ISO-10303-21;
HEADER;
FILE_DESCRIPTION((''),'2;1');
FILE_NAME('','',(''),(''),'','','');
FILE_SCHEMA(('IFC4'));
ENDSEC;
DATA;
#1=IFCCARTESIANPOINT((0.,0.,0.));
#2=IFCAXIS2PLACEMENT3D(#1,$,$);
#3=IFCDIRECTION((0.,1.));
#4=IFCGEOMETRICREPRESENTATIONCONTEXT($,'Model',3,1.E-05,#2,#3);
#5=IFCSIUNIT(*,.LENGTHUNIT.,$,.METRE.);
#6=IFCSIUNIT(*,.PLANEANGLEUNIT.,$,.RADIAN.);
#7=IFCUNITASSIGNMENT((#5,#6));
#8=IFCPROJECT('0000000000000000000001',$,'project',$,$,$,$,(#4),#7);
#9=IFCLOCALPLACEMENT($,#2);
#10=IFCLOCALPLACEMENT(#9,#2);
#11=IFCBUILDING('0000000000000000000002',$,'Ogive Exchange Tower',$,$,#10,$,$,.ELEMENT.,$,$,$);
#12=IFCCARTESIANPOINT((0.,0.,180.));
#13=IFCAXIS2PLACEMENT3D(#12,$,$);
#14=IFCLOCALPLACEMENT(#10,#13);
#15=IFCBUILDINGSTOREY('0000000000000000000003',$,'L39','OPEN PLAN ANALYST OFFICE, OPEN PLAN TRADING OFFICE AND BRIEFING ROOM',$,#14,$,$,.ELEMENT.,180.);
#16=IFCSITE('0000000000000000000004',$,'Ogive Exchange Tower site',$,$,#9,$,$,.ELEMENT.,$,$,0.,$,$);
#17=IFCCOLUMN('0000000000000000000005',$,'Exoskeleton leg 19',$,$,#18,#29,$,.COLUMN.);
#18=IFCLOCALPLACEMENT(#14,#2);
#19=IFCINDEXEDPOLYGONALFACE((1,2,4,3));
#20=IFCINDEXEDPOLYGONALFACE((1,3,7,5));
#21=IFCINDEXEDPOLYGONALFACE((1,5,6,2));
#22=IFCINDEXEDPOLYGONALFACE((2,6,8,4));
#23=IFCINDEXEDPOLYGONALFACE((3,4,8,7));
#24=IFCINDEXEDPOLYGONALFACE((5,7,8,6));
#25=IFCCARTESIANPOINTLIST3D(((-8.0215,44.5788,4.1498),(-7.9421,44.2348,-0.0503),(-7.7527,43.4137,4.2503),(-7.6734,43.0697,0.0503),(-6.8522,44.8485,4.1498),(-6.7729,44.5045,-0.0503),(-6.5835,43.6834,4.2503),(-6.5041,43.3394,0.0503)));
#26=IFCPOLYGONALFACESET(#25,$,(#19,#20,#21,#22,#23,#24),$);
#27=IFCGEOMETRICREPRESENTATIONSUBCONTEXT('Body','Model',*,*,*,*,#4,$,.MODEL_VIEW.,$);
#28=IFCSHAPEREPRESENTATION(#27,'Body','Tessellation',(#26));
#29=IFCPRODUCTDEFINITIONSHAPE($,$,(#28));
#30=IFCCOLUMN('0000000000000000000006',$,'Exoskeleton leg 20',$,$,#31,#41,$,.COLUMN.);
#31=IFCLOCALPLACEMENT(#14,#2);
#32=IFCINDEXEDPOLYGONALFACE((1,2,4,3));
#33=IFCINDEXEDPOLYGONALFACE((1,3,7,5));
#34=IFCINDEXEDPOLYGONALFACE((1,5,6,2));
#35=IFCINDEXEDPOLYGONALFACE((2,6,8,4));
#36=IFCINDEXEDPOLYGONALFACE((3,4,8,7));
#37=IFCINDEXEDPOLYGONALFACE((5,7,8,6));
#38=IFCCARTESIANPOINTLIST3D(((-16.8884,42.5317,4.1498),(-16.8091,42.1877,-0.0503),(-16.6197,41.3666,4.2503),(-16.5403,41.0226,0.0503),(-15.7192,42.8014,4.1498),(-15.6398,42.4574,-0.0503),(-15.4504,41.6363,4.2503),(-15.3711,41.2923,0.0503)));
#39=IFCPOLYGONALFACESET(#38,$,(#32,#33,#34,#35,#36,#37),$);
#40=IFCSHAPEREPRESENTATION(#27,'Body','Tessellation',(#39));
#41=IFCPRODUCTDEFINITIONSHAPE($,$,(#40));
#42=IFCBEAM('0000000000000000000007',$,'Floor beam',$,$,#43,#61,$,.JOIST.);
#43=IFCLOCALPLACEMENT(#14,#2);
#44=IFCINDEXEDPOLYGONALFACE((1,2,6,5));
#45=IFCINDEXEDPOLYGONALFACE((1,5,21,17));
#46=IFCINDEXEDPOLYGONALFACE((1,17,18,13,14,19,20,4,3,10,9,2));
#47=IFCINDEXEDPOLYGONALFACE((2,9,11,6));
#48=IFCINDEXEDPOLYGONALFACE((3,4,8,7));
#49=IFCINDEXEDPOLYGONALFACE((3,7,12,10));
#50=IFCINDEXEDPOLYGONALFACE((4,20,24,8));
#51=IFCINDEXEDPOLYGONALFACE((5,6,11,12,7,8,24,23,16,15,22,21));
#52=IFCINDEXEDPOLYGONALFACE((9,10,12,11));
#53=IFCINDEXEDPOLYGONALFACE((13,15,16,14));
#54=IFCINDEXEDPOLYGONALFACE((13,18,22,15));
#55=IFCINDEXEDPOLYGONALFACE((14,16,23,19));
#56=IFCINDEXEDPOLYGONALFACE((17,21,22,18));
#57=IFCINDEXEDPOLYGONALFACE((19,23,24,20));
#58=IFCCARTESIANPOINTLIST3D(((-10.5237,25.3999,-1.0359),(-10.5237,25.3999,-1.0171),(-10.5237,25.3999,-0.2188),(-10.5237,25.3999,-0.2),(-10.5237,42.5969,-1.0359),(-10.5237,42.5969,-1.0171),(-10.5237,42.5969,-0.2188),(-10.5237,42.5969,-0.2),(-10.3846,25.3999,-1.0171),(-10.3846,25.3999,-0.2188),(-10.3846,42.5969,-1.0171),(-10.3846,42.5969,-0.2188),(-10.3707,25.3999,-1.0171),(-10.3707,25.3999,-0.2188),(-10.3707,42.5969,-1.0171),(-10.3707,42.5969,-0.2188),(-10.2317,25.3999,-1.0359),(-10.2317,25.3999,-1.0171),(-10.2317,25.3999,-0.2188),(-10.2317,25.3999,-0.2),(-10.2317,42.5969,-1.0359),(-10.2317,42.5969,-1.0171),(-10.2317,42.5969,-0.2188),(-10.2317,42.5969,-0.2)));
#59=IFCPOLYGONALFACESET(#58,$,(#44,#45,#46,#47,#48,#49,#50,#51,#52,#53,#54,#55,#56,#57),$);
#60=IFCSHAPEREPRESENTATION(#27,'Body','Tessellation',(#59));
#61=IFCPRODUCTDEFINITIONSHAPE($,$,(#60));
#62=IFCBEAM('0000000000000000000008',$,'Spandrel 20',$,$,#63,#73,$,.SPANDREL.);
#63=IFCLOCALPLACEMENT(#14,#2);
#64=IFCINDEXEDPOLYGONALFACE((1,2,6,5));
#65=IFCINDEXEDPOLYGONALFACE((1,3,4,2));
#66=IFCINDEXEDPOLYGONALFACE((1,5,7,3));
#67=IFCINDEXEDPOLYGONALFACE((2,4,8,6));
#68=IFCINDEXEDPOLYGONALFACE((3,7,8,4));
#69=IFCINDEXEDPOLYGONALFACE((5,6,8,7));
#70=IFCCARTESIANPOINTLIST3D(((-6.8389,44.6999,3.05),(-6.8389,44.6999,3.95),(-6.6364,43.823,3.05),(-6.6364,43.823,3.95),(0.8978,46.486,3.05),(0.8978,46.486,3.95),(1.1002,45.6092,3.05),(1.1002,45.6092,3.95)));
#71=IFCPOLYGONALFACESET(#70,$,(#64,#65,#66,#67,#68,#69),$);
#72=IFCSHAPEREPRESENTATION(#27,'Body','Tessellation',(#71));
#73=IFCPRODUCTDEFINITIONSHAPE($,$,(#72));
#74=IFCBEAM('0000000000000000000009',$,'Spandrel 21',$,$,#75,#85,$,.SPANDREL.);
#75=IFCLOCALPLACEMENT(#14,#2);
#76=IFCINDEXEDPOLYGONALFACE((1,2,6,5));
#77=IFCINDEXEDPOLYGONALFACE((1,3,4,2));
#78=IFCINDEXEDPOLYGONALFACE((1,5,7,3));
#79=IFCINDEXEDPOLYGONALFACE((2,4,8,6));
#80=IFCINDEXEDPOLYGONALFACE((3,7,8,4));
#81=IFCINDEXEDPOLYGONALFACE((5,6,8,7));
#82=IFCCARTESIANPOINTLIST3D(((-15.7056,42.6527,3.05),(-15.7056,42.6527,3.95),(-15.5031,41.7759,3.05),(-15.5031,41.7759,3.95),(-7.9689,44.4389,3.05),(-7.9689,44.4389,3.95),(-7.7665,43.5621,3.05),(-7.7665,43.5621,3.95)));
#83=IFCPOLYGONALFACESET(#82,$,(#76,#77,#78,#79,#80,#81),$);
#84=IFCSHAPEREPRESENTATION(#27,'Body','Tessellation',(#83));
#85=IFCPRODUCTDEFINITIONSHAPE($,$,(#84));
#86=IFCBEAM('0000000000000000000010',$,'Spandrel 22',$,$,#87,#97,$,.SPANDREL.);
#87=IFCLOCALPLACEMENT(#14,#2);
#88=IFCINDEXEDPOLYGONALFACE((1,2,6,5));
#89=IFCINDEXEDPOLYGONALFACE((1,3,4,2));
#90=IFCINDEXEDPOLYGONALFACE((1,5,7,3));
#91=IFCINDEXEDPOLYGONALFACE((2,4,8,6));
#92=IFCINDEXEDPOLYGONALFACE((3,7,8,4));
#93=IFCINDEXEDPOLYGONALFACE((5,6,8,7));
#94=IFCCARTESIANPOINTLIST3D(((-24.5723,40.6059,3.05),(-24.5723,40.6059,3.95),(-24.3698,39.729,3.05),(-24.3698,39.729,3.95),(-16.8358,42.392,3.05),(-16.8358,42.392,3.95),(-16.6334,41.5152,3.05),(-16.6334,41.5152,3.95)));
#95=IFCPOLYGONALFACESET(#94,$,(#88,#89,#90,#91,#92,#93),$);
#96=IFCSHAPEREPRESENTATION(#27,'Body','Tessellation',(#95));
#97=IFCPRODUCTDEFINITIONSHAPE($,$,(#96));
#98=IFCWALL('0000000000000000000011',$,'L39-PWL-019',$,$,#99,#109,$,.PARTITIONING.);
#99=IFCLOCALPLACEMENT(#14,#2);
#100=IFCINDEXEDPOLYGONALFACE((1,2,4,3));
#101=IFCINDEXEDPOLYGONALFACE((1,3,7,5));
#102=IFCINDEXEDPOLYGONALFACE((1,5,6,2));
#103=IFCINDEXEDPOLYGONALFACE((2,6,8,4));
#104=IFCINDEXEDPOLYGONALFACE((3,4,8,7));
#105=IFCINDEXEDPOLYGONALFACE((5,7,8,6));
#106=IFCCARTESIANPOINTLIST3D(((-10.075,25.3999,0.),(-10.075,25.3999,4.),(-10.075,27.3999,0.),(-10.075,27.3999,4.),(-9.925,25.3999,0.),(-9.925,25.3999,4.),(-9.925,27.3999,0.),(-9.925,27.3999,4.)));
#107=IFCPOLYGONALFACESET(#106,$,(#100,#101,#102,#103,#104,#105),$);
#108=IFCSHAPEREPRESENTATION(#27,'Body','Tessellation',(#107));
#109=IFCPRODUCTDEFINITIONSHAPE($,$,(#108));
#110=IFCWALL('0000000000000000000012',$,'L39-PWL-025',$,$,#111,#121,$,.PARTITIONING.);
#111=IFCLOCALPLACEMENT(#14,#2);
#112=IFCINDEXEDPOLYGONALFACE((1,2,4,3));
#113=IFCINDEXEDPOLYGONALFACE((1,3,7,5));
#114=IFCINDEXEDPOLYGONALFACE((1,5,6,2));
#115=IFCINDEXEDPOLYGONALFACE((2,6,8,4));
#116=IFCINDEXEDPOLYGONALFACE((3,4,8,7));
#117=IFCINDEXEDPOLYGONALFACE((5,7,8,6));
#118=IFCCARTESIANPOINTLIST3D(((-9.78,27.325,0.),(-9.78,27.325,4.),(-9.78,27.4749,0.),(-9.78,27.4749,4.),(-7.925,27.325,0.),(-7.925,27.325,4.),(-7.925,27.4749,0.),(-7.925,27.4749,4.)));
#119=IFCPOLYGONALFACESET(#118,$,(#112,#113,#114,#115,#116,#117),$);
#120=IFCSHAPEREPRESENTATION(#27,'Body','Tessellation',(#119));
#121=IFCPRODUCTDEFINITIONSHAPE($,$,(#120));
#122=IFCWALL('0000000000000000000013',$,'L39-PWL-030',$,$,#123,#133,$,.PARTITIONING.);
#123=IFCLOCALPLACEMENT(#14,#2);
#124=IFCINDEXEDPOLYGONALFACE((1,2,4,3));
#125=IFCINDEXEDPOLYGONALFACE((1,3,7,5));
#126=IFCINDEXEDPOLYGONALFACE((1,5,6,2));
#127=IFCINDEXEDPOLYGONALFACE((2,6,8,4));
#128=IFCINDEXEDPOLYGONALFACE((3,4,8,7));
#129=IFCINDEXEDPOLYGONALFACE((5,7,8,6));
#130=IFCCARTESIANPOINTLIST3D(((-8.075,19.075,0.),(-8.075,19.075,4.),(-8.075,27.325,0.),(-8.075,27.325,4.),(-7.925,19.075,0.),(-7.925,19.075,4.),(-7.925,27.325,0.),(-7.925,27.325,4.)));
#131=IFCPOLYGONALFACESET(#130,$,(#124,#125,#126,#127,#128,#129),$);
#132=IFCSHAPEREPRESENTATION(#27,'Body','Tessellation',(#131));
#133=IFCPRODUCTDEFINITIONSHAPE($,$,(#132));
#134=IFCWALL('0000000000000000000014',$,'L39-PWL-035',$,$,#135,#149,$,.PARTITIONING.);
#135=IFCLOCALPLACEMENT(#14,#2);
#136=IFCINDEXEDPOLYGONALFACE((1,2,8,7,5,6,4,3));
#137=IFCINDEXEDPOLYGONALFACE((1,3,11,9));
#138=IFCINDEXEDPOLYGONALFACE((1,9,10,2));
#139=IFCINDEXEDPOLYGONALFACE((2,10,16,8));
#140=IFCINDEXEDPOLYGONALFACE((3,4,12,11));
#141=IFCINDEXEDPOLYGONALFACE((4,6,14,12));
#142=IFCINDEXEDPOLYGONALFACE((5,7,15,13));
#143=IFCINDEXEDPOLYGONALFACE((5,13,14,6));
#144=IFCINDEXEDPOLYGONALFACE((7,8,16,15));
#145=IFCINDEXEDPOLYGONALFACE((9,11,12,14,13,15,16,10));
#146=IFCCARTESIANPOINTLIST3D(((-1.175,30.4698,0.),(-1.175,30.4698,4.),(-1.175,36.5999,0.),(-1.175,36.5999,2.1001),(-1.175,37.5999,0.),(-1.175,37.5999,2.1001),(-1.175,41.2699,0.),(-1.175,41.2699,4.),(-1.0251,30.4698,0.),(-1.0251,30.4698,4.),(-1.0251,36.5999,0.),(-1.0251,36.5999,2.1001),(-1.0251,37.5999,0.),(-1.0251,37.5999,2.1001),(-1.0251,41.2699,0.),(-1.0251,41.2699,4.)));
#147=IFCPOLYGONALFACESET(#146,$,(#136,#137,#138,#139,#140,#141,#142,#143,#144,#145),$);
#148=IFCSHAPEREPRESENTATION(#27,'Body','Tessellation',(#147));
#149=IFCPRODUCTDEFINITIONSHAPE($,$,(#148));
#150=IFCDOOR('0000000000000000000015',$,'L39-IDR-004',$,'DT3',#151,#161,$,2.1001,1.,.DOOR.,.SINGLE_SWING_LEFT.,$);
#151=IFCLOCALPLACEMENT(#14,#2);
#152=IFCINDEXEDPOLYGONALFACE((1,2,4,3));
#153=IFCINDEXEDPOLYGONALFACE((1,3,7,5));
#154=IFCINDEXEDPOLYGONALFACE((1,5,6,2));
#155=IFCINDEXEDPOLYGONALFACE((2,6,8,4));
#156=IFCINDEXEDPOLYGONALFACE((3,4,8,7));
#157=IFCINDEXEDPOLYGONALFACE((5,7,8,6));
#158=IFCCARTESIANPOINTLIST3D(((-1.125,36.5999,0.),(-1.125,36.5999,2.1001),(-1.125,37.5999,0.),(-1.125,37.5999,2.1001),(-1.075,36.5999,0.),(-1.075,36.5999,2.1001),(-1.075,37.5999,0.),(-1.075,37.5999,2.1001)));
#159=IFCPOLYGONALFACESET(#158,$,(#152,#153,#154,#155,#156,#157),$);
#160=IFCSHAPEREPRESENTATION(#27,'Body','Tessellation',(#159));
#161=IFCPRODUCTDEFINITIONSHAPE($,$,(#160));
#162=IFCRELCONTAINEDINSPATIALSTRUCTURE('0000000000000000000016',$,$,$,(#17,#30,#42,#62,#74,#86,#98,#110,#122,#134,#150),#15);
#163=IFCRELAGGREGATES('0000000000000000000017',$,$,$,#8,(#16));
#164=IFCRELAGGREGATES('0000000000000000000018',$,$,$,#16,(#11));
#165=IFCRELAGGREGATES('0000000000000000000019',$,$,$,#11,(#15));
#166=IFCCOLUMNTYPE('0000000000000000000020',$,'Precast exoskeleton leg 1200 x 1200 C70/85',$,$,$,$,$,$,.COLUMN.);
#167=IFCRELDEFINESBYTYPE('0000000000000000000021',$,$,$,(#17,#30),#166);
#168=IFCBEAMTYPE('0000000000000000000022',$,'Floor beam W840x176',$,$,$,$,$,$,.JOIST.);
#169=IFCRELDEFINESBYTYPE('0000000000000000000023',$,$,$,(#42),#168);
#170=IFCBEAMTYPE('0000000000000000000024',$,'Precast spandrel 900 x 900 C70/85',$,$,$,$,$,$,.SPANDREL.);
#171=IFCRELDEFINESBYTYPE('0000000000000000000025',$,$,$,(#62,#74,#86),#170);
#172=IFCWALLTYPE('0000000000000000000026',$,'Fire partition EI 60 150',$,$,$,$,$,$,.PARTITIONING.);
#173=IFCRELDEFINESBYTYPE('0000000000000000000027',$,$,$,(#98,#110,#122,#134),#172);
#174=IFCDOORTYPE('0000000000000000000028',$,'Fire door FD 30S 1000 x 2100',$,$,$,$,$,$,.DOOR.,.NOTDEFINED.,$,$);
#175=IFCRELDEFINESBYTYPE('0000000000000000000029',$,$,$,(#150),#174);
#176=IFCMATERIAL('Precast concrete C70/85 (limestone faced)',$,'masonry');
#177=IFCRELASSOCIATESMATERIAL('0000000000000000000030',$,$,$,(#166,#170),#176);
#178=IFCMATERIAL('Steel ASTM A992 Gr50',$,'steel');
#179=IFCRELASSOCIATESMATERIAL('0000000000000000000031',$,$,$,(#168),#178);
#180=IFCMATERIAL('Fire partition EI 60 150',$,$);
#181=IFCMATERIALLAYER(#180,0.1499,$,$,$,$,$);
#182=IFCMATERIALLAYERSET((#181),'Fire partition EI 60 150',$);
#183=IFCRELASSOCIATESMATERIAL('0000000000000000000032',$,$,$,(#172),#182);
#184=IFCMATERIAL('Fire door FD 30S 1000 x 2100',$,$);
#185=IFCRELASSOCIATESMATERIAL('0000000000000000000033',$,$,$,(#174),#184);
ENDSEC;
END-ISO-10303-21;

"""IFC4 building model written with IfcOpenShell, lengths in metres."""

from ifc_helpers import new_model, si_unit, direction, frame, frame_2d, origin, origin_2d, place, context, subcontext, project, spatial, rectangle, i_section, extrude, material, layer, layer_set, material_profile, profile_set, type_object, element, fill, save


model = new_model("IFC4")

# Units and contexts
model_context = context("Model", 3, precision=1e-05, world=origin(), true_north=direction((0.0, 1.0)))
body_context = subcontext(model_context, "Body", "Model", "MODEL_VIEW")
ifc_project = project(units=[si_unit("LENGTHUNIT", "METRE"), si_unit("PLANEANGLEUNIT", "RADIAN")], contexts=[model_context])

# Site, building, storey
site_placement = place(None, origin())
site = spatial("IfcSite", under=ifc_project, at=site_placement, Name="Ogive Exchange Tower site", CompositionType="ELEMENT", RefElevation=0.0)
building_placement = place(site_placement, origin())
building = spatial("IfcBuilding", under=site, at=building_placement, Name="Ogive Exchange Tower", CompositionType="ELEMENT")
storey_placement = place(building_placement, frame((0.0, 0.0, 180.0)))
storey = spatial("IfcBuildingStorey", under=building, at=storey_placement, Name="L39", Description="OPEN PLAN ANALYST OFFICE, OPEN PLAN TRADING OFFICE AND BRIEFING ROOM", CompositionType="ELEMENT", Elevation=180.0)

# Columns
ifc_material_1 = material(Name="Precast concrete C70/85 (limestone faced)", Category="masonry")
ifc_material_profile_1 = material_profile(ifc_material_1, rectangle(XDim=1.2, YDim=1.2, at=origin_2d()), Name="1200 x 1200")
ifc_profile_set_1 = profile_set([ifc_material_profile_1], Name="Precast concrete C70/85 (limestone faced)")
column_type = type_object("IfcColumnType", Name="Precast exoskeleton leg 1200 x 1200 C70/85", PredefinedType="COLUMN", material=ifc_profile_set_1)
for number, where, z_axis, x_axis, name in (
    (1, (-7.2231, 43.7871, 0.0), (-0.018826, 0.081617, 0.996486), (-0.974415, -0.224758, 0.0), "Exoskeleton leg 19"),
    (2, (-16.0901, 41.74, 0.0), (-0.018826, 0.081617, 0.996486), (-0.974415, -0.224758, 0.0), "Exoskeleton leg 20"),
):
    element("IfcColumn", number, at=place(storey_placement, frame(where, z_axis=z_axis, x_axis=x_axis)), inside=storey, type_object=column_type, Name=name, PredefinedType="COLUMN", context=body_context, shape_type="SweptSolid", body=[
        extrude(rectangle(XDim=1.2, YDim=1.2, at=origin_2d()), origin(), (0.0, 0.0, 1.0), 4.2148),
    ])

# Beams
ifc_material_2 = material(Name="Steel ASTM A992 Gr50", Category="steel")
ifc_material_profile_2 = material_profile(ifc_material_2, i_section(OverallWidth=0.292, OverallDepth=0.8359, WebThickness=0.0139, FlangeThickness=0.0188, at=origin_2d()), Name="W840x176")
ifc_profile_set_2 = profile_set([ifc_material_profile_2], Name="Steel ASTM A992 Gr50")
beam_type_1 = type_object("IfcBeamType", Name="Floor beam W840x176", PredefinedType="JOIST", material=ifc_profile_set_2)
beam_1_placement = place(storey_placement, frame((-10.3777, 25.3999, -0.6179), z_axis=(0.0, 1.0, 0.0), x_axis=(-1.0, 0.0, 0.0)))
element("IfcBeam", 3, at=beam_1_placement, inside=storey, type_object=beam_type_1, Name="Floor beam", PredefinedType="JOIST", context=body_context, shape_type="SweptSolid", body=[
    extrude(i_section(OverallWidth=0.292, OverallDepth=0.8359, WebThickness=0.0139, FlangeThickness=0.0188, at=origin_2d()), origin(), (0.0, 0.0, 1.0), 17.197),
])
ifc_material_profile_3 = material_profile(ifc_material_1, rectangle(XDim=0.8999, YDim=0.8999, at=origin_2d()), Name="900 x 900")
ifc_profile_set_3 = profile_set([ifc_material_profile_3], Name="Precast concrete C70/85 (limestone faced)")
beam_type_2 = type_object("IfcBeamType", Name="Precast spandrel 900 x 900 C70/85", PredefinedType="SPANDREL", material=ifc_profile_set_3)
for number, where, z_axis, x_axis, name in (
    (4, (0.999, 46.0476, 3.5), (-0.97437, -0.224952, 0.0), (0.224952, -0.97437, 0.0), "Spandrel 20"),
    (5, (-7.8677, 44.0005, 3.5), (-0.97437, -0.224952, 0.0), (0.224952, -0.97437, 0.0), "Spandrel 21"),
):
    element("IfcBeam", number, at=place(storey_placement, frame(where, z_axis=z_axis, x_axis=x_axis)), inside=storey, type_object=beam_type_2, Name=name, PredefinedType="SPANDREL", context=body_context, shape_type="SweptSolid", body=[
        extrude(rectangle(XDim=0.8999, YDim=0.8999, at=origin_2d()), origin(), (0.0, 0.0, 1.0), 7.9402),
    ])
beam_2_placement = place(storey_placement, frame((-16.7346, 41.9536, 3.5), z_axis=(-0.974368, -0.224958, 0.0), x_axis=(0.224958, -0.974368, 0.0)))
element("IfcBeam", 6, at=beam_2_placement, inside=storey, type_object=beam_type_2, Name="Spandrel 22", PredefinedType="SPANDREL", context=body_context, shape_type="SweptSolid", body=[
    extrude(rectangle(XDim=0.8999, YDim=0.8999, at=origin_2d()), origin(), (0.0, 0.0, 1.0), 7.9399),
])

# Walls
ifc_material_3 = material(Name="Fire partition EI 60 150")
ifc_layer_1 = layer(ifc_material_3, 0.1499)
ifc_layer_set_1 = layer_set([ifc_layer_1], Name="Fire partition EI 60 150")
wall_type_1 = type_object("IfcWallType", Name="Fire partition EI 60 150", PredefinedType="PARTITIONING", material=ifc_layer_set_1)
wall_1_placement = place(storey_placement, frame((-10.0, 25.3999, 0.0), z_axis=(0.0, 0.0, 1.0), x_axis=(0.0, 1.0, 0.0)))
element("IfcWall", 7, at=wall_1_placement, inside=storey, type_object=wall_type_1, Name="L39-PWL-019", PredefinedType="PARTITIONING", context=body_context, shape_type="SweptSolid", body=[
    extrude(rectangle(XDim=2.0, YDim=0.1499, at=frame_2d((1.0, 0.0))), origin(), (0.0, 0.0, 1.0), 4.0),
])
wall_2_placement = place(storey_placement, frame((-9.78, 27.3999, 0.0), z_axis=(0.0, 0.0, 1.0), x_axis=(1.0, 0.0, 0.0)))
element("IfcWall", 8, at=wall_2_placement, inside=storey, type_object=wall_type_1, Name="L39-PWL-025", PredefinedType="PARTITIONING", context=body_context, shape_type="SweptSolid", body=[
    extrude(rectangle(XDim=1.855, YDim=0.1499, at=frame_2d((0.9275, 0.0))), origin(), (0.0, 0.0, 1.0), 4.0),
])
wall_3_placement = place(storey_placement, frame((-8.0, 27.325, 0.0), z_axis=(0.0, 0.0, 1.0), x_axis=(0.0, -1.0, 0.0)))
element("IfcWall", 9, at=wall_3_placement, inside=storey, type_object=wall_type_1, Name="L39-PWL-030", PredefinedType="PARTITIONING", context=body_context, shape_type="SweptSolid", body=[
    extrude(rectangle(XDim=8.25, YDim=0.1499, at=frame_2d((4.125, 0.0))), origin(), (0.0, 0.0, 1.0), 4.0),
])

# Wall, opening, door
wall_4_placement = place(storey_placement, frame((-1.1001, 30.47, 0.0), z_axis=(0.0, 0.0, 1.0), x_axis=(0.0, 1.0, 0.0)))
wall_4 = element("IfcWall", 10, at=wall_4_placement, inside=storey, type_object=wall_type_1, Name="L39-PWL-035", PredefinedType="PARTITIONING", context=body_context, shape_type="SweptSolid", body=[
    extrude(rectangle(XDim=10.8, YDim=0.1499, at=frame_2d((5.3999, 0.0))), origin(), (0.0, 0.0, 1.0), 4.0),
])
opening_1_placement = place(wall_4_placement, frame((6.1299, 0.0, 0.0)))
opening_1 = element("IfcOpeningElement", 11, at=opening_1_placement, cuts=wall_4, PredefinedType="OPENING", context=body_context, shape_type="SweptSolid", body=[
    extrude(rectangle(XDim=1.0, YDim=2.1001, at=frame_2d((0.5, 1.05))), frame((0.0, 0.085, 0.0), z_axis=(0.0, -1.0, 0.0), x_axis=(1.0, 0.0, 0.0)), (0.0, 0.0, 1.0), 0.1699),
])
ifc_material_4 = material(Name="Fire door FD 30S 1000 x 2100")
door_type_1 = type_object("IfcDoorType", Name="Fire door FD 30S 1000 x 2100", OperationType="NOTDEFINED", PredefinedType="DOOR", material=ifc_material_4)
door_1_placement = place(opening_1_placement, origin())
door_1 = element("IfcDoor", 12, at=door_1_placement, inside=storey, type_object=door_type_1, Name="L39-IDR-004", ObjectType="DT3", OperationType="SINGLE_SWING_LEFT", OverallHeight=2.1001, OverallWidth=1.0, PredefinedType="DOOR", context=body_context, shape_type="SweptSolid", body=[
    extrude(rectangle(XDim=1.0, YDim=2.1001, at=frame_2d((0.5, 1.05))), frame((0.0, 0.0249, 0.0), z_axis=(0.0, -1.0, 0.0), x_axis=(1.0, 0.0, 0.0)), (0.0, 0.0, 1.0), 0.05),
])
fill(opening_1, door_1)

save(model, "model.ifc")
